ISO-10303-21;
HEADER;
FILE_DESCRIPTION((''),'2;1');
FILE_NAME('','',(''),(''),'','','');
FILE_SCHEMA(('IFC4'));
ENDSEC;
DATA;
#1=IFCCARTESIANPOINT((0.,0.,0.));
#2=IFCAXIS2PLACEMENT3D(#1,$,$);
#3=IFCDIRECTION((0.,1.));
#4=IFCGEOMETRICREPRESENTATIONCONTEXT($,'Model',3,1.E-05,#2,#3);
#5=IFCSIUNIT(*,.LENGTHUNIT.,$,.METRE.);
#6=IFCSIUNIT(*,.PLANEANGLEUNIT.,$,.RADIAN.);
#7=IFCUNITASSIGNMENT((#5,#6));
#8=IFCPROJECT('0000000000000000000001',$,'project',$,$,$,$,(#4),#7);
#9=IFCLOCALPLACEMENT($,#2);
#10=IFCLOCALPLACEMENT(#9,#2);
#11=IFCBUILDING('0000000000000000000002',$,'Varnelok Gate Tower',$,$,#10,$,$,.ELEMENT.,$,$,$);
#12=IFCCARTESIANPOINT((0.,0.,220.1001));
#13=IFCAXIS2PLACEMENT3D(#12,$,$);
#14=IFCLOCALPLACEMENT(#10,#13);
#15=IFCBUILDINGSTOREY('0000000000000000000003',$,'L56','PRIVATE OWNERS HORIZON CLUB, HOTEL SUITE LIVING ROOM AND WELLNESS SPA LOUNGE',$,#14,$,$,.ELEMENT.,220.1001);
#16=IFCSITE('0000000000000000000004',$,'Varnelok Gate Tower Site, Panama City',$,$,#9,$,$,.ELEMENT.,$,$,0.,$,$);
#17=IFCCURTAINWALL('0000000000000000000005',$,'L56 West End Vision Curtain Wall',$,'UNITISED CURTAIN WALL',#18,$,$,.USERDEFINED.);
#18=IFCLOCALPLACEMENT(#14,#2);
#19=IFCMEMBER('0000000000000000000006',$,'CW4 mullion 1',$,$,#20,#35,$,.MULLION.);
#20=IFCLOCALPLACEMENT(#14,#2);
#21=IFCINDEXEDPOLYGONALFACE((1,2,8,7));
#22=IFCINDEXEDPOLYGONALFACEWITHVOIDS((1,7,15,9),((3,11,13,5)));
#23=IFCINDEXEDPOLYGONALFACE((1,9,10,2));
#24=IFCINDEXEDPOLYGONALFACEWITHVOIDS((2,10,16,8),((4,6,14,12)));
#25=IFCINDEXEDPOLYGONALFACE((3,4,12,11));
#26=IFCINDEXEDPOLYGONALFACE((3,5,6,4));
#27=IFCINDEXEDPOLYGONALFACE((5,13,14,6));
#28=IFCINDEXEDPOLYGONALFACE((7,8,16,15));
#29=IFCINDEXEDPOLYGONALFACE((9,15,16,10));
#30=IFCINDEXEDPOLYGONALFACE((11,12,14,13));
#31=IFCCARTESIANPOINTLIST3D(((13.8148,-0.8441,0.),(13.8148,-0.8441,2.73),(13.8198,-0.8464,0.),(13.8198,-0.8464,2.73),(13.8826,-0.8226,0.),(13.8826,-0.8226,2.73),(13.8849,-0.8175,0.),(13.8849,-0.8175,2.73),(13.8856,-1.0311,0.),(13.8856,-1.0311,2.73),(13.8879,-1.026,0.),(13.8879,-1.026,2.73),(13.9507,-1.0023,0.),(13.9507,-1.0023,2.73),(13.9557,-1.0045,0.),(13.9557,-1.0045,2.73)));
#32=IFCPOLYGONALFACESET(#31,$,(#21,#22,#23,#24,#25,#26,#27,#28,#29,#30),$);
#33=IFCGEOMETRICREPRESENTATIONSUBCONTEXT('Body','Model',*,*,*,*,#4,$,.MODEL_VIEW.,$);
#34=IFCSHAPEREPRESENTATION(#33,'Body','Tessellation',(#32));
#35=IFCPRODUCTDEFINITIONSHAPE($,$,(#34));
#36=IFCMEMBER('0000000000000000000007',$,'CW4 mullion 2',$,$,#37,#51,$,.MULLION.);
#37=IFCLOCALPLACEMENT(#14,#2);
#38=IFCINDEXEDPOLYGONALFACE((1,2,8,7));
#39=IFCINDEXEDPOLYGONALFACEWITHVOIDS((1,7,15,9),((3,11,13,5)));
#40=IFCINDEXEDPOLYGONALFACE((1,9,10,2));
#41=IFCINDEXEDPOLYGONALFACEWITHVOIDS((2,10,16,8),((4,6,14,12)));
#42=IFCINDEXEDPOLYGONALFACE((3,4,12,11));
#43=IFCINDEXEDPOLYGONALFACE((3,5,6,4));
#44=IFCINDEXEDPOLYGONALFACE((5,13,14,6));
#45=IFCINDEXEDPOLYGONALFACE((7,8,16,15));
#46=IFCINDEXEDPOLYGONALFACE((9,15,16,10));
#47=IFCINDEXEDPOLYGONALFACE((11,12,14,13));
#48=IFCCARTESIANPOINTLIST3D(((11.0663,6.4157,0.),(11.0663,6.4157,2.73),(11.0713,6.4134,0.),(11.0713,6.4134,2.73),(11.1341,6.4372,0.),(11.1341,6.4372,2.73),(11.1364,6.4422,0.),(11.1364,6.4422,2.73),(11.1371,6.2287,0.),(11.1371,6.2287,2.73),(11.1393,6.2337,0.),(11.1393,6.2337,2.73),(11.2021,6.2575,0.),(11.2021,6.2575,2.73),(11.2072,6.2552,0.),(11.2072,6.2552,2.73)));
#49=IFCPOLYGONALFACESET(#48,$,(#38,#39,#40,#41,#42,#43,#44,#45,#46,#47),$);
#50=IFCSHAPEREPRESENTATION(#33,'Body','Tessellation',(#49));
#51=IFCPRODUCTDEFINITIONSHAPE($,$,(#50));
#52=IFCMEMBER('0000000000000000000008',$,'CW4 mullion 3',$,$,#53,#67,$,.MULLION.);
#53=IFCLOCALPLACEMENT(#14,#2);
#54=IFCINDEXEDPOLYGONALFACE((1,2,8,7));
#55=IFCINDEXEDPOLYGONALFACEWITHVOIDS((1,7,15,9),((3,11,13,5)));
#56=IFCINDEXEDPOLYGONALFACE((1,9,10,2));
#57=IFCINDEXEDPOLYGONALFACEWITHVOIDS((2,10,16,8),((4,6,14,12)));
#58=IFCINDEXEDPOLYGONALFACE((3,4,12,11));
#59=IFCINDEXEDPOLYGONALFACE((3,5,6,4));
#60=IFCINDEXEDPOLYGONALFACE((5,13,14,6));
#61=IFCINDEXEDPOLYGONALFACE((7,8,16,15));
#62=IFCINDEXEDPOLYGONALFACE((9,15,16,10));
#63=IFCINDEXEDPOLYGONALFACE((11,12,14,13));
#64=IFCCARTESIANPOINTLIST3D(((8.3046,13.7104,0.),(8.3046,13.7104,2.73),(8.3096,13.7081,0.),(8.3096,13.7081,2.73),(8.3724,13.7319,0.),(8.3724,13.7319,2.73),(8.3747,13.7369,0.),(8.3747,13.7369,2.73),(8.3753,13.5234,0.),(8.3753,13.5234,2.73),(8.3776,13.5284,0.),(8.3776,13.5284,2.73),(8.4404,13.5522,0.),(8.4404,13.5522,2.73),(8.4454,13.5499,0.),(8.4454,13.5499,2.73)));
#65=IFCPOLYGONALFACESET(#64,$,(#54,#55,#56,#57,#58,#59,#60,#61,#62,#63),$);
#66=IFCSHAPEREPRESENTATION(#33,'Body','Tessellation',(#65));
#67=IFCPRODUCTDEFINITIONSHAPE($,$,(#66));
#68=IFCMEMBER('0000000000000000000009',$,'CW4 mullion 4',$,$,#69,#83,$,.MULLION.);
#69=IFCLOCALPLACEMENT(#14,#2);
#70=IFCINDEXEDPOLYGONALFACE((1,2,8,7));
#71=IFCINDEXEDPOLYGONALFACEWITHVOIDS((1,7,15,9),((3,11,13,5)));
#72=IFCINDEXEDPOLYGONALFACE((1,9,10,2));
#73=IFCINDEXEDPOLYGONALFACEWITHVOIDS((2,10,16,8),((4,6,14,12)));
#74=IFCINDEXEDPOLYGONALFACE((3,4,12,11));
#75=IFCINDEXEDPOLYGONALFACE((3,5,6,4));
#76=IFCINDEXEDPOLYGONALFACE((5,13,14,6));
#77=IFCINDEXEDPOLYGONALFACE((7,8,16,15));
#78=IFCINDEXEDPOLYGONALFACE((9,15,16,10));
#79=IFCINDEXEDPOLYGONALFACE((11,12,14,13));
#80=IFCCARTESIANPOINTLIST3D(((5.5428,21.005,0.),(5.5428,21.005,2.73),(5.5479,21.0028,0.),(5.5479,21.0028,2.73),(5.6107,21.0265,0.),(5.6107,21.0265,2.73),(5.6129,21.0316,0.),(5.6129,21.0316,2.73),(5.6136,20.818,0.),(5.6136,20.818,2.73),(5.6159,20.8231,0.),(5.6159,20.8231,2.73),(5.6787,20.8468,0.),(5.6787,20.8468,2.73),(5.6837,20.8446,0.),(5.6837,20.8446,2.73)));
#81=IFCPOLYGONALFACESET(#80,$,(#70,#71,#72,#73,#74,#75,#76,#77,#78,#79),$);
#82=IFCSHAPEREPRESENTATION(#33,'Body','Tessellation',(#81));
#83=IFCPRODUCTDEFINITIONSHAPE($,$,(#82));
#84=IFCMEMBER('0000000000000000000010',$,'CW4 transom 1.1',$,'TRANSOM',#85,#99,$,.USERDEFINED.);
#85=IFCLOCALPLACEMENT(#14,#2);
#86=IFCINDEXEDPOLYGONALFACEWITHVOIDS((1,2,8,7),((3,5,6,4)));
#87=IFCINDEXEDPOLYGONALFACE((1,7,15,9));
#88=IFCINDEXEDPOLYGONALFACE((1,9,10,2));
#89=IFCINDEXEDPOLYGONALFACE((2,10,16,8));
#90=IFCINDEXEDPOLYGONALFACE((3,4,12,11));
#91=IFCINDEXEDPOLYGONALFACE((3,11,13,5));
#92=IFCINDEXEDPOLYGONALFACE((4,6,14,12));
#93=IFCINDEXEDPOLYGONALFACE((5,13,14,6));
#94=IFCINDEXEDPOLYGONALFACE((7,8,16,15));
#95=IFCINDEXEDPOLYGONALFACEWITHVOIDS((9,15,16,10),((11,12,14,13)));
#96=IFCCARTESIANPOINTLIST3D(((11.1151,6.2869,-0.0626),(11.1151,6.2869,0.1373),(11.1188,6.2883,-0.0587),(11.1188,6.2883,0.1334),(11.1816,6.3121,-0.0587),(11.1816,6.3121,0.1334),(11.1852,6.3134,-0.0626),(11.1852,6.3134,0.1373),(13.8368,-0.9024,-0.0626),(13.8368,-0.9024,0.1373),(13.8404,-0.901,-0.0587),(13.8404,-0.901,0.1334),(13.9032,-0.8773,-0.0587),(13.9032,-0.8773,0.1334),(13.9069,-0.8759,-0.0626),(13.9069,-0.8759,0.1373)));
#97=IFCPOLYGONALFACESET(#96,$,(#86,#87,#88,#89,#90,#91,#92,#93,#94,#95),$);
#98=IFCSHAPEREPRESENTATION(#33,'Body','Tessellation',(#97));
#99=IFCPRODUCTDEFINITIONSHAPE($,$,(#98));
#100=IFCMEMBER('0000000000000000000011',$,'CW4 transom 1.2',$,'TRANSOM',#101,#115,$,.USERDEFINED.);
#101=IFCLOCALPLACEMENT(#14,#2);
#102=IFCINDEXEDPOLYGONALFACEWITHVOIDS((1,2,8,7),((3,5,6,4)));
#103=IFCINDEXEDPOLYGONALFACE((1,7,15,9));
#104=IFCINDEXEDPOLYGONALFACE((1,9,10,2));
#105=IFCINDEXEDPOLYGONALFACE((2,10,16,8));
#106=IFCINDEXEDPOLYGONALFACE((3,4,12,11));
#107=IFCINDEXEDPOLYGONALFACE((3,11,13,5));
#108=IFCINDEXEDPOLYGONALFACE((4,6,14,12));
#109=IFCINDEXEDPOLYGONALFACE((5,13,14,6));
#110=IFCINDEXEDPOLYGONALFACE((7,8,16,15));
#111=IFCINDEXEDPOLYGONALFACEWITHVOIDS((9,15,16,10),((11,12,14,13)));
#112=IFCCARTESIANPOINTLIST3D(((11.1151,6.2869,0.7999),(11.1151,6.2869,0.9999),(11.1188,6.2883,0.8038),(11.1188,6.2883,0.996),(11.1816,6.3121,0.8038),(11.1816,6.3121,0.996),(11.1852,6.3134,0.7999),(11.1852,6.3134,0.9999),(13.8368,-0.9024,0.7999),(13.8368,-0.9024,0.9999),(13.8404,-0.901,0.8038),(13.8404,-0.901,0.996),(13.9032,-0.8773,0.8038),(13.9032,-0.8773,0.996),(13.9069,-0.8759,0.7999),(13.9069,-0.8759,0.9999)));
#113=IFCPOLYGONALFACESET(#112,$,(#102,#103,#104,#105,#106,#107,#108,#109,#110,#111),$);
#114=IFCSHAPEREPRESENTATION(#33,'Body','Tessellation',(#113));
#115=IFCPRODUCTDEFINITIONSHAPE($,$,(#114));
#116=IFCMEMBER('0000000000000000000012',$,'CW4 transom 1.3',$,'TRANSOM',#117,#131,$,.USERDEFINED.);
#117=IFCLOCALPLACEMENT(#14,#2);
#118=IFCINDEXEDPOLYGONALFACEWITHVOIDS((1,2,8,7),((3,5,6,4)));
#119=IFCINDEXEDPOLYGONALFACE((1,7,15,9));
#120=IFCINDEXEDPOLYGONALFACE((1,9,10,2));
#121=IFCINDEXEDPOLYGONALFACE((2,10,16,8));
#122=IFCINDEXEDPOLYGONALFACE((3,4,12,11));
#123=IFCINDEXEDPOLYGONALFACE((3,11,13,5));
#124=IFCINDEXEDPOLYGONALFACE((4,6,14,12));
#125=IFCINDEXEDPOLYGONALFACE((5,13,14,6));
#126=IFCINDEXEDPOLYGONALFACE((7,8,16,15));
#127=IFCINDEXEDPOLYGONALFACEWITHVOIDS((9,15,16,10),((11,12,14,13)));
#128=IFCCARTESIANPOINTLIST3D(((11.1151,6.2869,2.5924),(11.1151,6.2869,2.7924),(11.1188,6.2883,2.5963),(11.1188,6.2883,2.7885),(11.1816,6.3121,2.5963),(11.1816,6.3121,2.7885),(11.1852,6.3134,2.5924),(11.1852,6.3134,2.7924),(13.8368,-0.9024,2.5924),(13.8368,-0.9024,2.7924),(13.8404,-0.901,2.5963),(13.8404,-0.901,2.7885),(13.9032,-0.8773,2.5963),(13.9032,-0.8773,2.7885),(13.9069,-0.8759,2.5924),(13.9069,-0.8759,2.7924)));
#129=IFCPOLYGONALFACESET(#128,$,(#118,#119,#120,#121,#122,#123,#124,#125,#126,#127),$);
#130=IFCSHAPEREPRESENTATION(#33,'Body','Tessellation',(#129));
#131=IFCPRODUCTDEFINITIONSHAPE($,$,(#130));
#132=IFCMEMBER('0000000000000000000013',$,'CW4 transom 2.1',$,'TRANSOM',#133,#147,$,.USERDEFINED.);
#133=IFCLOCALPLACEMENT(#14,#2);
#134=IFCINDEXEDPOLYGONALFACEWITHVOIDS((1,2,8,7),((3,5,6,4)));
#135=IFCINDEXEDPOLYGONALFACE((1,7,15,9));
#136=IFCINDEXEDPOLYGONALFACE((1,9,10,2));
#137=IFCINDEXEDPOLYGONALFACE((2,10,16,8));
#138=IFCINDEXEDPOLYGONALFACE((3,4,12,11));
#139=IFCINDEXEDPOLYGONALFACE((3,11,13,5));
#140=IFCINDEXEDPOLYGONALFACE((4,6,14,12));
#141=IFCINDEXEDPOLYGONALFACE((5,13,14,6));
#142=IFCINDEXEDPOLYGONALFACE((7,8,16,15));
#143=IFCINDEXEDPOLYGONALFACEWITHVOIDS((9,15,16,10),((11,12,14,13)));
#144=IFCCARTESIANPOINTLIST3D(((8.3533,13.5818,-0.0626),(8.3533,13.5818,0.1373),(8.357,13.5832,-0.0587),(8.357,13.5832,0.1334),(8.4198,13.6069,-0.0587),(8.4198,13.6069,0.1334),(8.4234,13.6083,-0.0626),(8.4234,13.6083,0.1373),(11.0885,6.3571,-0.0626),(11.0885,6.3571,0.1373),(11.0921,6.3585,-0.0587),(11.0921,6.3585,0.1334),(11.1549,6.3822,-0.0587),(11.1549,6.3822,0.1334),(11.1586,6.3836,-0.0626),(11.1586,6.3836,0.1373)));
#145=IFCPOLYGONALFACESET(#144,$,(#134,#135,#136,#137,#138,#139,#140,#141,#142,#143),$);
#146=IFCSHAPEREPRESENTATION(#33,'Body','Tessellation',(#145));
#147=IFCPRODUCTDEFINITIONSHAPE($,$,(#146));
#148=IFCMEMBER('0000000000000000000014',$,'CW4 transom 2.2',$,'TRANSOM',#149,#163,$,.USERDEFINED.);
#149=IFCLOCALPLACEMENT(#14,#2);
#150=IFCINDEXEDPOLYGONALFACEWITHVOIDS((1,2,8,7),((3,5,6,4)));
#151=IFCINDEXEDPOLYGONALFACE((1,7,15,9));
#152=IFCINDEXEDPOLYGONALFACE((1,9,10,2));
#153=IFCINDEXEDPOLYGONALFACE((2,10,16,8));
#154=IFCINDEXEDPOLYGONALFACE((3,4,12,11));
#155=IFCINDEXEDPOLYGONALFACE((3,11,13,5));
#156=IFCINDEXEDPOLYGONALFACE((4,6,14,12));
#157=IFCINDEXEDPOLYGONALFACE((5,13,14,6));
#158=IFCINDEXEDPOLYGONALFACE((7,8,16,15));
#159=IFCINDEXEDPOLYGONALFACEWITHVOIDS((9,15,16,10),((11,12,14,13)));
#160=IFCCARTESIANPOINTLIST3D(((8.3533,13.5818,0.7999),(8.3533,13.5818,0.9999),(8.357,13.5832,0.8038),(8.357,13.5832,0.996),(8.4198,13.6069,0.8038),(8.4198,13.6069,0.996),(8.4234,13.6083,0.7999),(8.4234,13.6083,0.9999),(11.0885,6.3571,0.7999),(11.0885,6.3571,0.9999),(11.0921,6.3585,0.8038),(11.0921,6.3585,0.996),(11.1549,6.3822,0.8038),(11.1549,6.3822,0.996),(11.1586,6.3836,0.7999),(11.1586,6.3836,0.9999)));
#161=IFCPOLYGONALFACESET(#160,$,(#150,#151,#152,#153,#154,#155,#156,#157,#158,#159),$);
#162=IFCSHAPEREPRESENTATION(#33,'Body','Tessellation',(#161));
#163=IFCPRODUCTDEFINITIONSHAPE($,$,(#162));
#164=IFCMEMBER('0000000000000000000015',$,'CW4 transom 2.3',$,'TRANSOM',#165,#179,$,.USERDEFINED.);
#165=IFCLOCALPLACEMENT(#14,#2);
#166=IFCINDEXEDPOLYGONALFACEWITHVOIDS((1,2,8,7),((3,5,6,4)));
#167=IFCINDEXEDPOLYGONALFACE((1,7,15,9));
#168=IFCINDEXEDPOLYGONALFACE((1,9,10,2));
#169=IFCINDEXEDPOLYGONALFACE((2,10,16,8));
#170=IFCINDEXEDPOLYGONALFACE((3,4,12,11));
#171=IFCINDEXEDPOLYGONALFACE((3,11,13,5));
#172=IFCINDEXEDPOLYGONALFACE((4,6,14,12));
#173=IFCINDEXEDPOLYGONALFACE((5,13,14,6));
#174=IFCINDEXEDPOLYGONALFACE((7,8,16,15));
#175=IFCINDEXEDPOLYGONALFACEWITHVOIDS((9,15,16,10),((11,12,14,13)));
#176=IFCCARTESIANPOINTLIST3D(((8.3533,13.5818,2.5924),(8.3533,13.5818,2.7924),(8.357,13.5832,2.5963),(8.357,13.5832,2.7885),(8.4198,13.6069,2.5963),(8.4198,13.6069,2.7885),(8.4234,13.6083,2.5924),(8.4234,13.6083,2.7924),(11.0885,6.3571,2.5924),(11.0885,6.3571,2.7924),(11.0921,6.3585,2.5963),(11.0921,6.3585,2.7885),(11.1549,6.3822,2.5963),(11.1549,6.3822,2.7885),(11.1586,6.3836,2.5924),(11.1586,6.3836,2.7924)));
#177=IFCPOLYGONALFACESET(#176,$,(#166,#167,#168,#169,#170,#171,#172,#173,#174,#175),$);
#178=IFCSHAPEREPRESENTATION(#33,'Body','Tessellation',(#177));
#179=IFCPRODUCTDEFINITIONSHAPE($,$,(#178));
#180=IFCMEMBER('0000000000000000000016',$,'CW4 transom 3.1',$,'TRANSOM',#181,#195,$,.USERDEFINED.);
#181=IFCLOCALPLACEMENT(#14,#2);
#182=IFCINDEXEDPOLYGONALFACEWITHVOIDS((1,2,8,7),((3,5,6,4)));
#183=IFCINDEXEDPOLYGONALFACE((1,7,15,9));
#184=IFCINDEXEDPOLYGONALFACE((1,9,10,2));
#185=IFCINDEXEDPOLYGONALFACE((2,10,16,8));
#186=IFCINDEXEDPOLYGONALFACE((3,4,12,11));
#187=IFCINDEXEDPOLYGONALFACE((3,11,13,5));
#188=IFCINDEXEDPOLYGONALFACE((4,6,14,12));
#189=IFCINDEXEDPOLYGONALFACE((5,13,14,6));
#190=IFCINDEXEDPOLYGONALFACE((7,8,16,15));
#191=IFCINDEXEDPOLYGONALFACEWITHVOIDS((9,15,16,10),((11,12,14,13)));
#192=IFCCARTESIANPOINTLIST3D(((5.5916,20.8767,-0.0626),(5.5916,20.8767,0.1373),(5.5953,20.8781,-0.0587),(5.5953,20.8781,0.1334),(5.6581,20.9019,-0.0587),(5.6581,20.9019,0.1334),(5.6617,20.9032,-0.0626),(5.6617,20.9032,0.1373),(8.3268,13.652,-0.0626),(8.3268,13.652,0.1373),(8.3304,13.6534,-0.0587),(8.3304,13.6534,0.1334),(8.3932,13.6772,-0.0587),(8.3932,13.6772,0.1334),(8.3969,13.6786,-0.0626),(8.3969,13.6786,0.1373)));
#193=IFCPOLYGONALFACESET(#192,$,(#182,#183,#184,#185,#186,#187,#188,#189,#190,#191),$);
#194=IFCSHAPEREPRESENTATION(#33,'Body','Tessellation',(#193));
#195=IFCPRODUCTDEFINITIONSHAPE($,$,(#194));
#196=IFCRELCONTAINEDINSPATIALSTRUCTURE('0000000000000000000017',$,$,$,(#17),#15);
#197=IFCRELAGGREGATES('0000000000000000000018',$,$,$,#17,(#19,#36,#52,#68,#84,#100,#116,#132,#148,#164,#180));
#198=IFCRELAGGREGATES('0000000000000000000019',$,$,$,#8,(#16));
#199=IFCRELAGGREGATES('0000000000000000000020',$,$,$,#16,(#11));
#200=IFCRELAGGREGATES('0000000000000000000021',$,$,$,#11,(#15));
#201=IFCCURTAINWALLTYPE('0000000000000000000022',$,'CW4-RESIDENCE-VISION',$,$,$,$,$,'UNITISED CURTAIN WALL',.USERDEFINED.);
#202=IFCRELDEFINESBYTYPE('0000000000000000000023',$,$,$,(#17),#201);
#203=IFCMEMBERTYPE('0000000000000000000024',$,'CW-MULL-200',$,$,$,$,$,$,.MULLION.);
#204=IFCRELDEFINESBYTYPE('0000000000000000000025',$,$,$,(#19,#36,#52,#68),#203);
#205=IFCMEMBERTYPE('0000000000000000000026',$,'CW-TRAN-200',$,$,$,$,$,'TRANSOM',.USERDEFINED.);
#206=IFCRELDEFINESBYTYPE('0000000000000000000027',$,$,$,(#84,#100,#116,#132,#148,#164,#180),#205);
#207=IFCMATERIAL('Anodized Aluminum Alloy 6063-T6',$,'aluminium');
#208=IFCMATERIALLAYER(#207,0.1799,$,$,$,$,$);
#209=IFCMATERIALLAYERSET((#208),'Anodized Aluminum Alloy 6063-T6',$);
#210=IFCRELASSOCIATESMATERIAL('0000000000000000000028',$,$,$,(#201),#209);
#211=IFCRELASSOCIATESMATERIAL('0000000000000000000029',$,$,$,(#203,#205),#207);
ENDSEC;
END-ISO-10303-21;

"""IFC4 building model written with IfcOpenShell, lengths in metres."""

from ifc_helpers import new_model, si_unit, direction, frame, origin, origin_2d, place, context, subcontext, project, spatial, hollow_rectangle, extrude, material, layer, layer_set, material_profile, profile_set, type_object, element, aggregate, save


model = new_model("IFC4")

# Units and contexts
model_context = context("Model", 3, precision=1e-05, world=origin(), true_north=direction((0.0, 1.0)))
body_context = subcontext(model_context, "Body", "Model", "MODEL_VIEW")
ifc_project = project(units=[si_unit("LENGTHUNIT", "METRE"), si_unit("PLANEANGLEUNIT", "RADIAN")], contexts=[model_context])

# Site, building, storey
site_placement = place(None, origin())
site = spatial("IfcSite", under=ifc_project, at=site_placement, Name="Varnelok Gate Tower Site, Panama City", CompositionType="ELEMENT", RefElevation=0.0)
building_placement = place(site_placement, origin())
building = spatial("IfcBuilding", under=site, at=building_placement, Name="Varnelok Gate Tower", CompositionType="ELEMENT")
storey_placement = place(building_placement, frame((0.0, 0.0, 220.1001)))
storey = spatial("IfcBuildingStorey", under=building, at=storey_placement, Name="L56", Description="PRIVATE OWNERS HORIZON CLUB, HOTEL SUITE LIVING ROOM AND WELLNESS SPA LOUNGE", CompositionType="ELEMENT", Elevation=220.1001)

# Curtain wall, members
ifc_material_1 = material(Name="Anodized Aluminum Alloy 6063-T6", Category="aluminium")
ifc_layer_1 = layer(ifc_material_1, 0.1799)
ifc_layer_set_1 = layer_set([ifc_layer_1], Name="Anodized Aluminum Alloy 6063-T6")
curtain_wall_type = type_object("IfcCurtainWallType", Name="CW4-RESIDENCE-VISION", ElementType="UNITISED CURTAIN WALL", PredefinedType="USERDEFINED", material=ifc_layer_set_1)
curtain_wall_placement = place(storey_placement, origin())
curtain_wall = element("IfcCurtainWall", 1, at=curtain_wall_placement, inside=storey, type_object=curtain_wall_type, Name="L56 West End Vision Curtain Wall", ObjectType="UNITISED CURTAIN WALL", PredefinedType="USERDEFINED")
ifc_material_profile_1 = material_profile(ifc_material_1, hollow_rectangle(XDim=0.075, YDim=0.2, WallThickness=0.0039, at=origin_2d()), Name="ALU200X75X4")
ifc_profile_set_1 = profile_set([ifc_material_profile_1], Name="Anodized Aluminum Alloy 6063-T6")
member_type_1 = type_object("IfcMemberType", Name="CW-MULL-200", PredefinedType="MULLION", material=ifc_profile_set_1)
member_1_placement = place(storey_placement, frame((13.8853, -0.9243, 0.0), z_axis=(0.0, 0.0, 1.0), x_axis=(-0.935222, -0.354063, 0.0)))
member_1 = element("IfcMember", 2, at=member_1_placement, type_object=member_type_1, Name="CW4 mullion 1", PredefinedType="MULLION", context=body_context, shape_type="SweptSolid", body=[
    extrude(hollow_rectangle(XDim=0.075, YDim=0.2, WallThickness=0.0039, at=origin_2d()), origin(), (0.0, 0.0, 1.0), 2.73),
])
member_2_placement = place(storey_placement, frame((11.1367, 6.3354, 0.0), z_axis=(0.0, 0.0, 1.0), x_axis=(-0.935222, -0.354063, 0.0)))
member_2 = element("IfcMember", 3, at=member_2_placement, type_object=member_type_1, Name="CW4 mullion 2", PredefinedType="MULLION", context=body_context, shape_type="SweptSolid", body=[
    extrude(hollow_rectangle(XDim=0.075, YDim=0.2, WallThickness=0.0039, at=origin_2d()), origin(), (0.0, 0.0, 1.0), 2.73),
])
member_3_placement = place(storey_placement, frame((8.375, 13.6301, 0.0), z_axis=(0.0, 0.0, 1.0), x_axis=(-0.935222, -0.354063, 0.0)))
member_3 = element("IfcMember", 4, at=member_3_placement, type_object=member_type_1, Name="CW4 mullion 3", PredefinedType="MULLION", context=body_context, shape_type="SweptSolid", body=[
    extrude(hollow_rectangle(XDim=0.075, YDim=0.2, WallThickness=0.0039, at=origin_2d()), origin(), (0.0, 0.0, 1.0), 2.73),
])
member_4_placement = place(storey_placement, frame((5.6133, 20.9248, 0.0), z_axis=(0.0, 0.0, 1.0), x_axis=(-0.935222, -0.354063, 0.0)))
member_4 = element("IfcMember", 5, at=member_4_placement, type_object=member_type_1, Name="CW4 mullion 4", PredefinedType="MULLION", context=body_context, shape_type="SweptSolid", body=[
    extrude(hollow_rectangle(XDim=0.075, YDim=0.2, WallThickness=0.0039, at=origin_2d()), origin(), (0.0, 0.0, 1.0), 2.73),
])
ifc_material_profile_2 = material_profile(ifc_material_1, hollow_rectangle(XDim=0.075, YDim=0.2, WallThickness=0.0039, at=origin_2d()), Name="ALU200X75X4")
ifc_profile_set_2 = profile_set([ifc_material_profile_2], Name="Anodized Aluminum Alloy 6063-T6")
member_type_2 = type_object("IfcMemberType", Name="CW-TRAN-200", ElementType="TRANSOM", PredefinedType="USERDEFINED", material=ifc_profile_set_2)
member_5_placement = place(storey_placement, frame((13.8718, -0.8892, 0.0374), z_axis=(-0.354045, 0.935228, 0.0), x_axis=(-0.935228, -0.354045, 0.0)))
member_5 = element("IfcMember", 6, at=member_5_placement, type_object=member_type_2, Name="CW4 transom 1.1", ObjectType="TRANSOM", PredefinedType="USERDEFINED", context=body_context, shape_type="SweptSolid", body=[
    extrude(hollow_rectangle(XDim=0.075, YDim=0.2, WallThickness=0.0039, at=origin_2d()), origin(), (0.0, 0.0, 1.0), 7.6873),
])
member_6_placement = place(storey_placement, frame((13.8718, -0.8892, 0.8999), z_axis=(-0.354045, 0.935228, 0.0), x_axis=(-0.935228, -0.354045, 0.0)))
member_6 = element("IfcMember", 7, at=member_6_placement, type_object=member_type_2, Name="CW4 transom 1.2", ObjectType="TRANSOM", PredefinedType="USERDEFINED", context=body_context, shape_type="SweptSolid", body=[
    extrude(hollow_rectangle(XDim=0.075, YDim=0.2, WallThickness=0.0039, at=origin_2d()), origin(), (0.0, 0.0, 1.0), 7.6873),
])
member_7_placement = place(storey_placement, frame((13.8718, -0.8892, 2.6924), z_axis=(-0.354045, 0.935228, 0.0), x_axis=(-0.935228, -0.354045, 0.0)))
member_7 = element("IfcMember", 8, at=member_7_placement, type_object=member_type_2, Name="CW4 transom 1.3", ObjectType="TRANSOM", PredefinedType="USERDEFINED", context=body_context, shape_type="SweptSolid", body=[
    extrude(hollow_rectangle(XDim=0.075, YDim=0.2, WallThickness=0.0039, at=origin_2d()), origin(), (0.0, 0.0, 1.0), 7.6873),
])
member_8_placement = place(storey_placement, frame((11.1235, 6.3704, 0.0374), z_axis=(-0.354059, 0.935223, 0.0), x_axis=(-0.935223, -0.354059, 0.0)))
member_8 = element("IfcMember", 9, at=member_8_placement, type_object=member_type_2, Name="CW4 transom 2.1", ObjectType="TRANSOM", PredefinedType="USERDEFINED", context=body_context, shape_type="SweptSolid", body=[
    extrude(hollow_rectangle(XDim=0.075, YDim=0.2, WallThickness=0.0039, at=origin_2d()), origin(), (0.0, 0.0, 1.0), 7.7251),
])
member_9_placement = place(storey_placement, frame((11.1235, 6.3704, 0.8999), z_axis=(-0.354059, 0.935223, 0.0), x_axis=(-0.935223, -0.354059, 0.0)))
member_9 = element("IfcMember", 10, at=member_9_placement, type_object=member_type_2, Name="CW4 transom 2.2", ObjectType="TRANSOM", PredefinedType="USERDEFINED", context=body_context, shape_type="SweptSolid", body=[
    extrude(hollow_rectangle(XDim=0.075, YDim=0.2, WallThickness=0.0039, at=origin_2d()), origin(), (0.0, 0.0, 1.0), 7.7251),
])
member_10_placement = place(storey_placement, frame((11.1235, 6.3704, 2.6924), z_axis=(-0.354059, 0.935223, 0.0), x_axis=(-0.935223, -0.354059, 0.0)))
member_10 = element("IfcMember", 11, at=member_10_placement, type_object=member_type_2, Name="CW4 transom 2.3", ObjectType="TRANSOM", PredefinedType="USERDEFINED", context=body_context, shape_type="SweptSolid", body=[
    extrude(hollow_rectangle(XDim=0.075, YDim=0.2, WallThickness=0.0039, at=origin_2d()), origin(), (0.0, 0.0, 1.0), 7.7251),
])
member_11_placement = place(storey_placement, frame((8.3618, 13.6653, 0.0374), z_axis=(-0.354059, 0.935223, 0.0), x_axis=(-0.935223, -0.354059, 0.0)))
member_11 = element("IfcMember", 12, at=member_11_placement, type_object=member_type_2, Name="CW4 transom 3.1", ObjectType="TRANSOM", PredefinedType="USERDEFINED", context=body_context, shape_type="SweptSolid", body=[
    extrude(hollow_rectangle(XDim=0.075, YDim=0.2, WallThickness=0.0039, at=origin_2d()), origin(), (0.0, 0.0, 1.0), 7.7251),
])

aggregate(curtain_wall, [member_1, member_2, member_3, member_4, member_5, member_6, member_7, member_8, member_9, member_10, member_11])

save(model, "model.ifc")
